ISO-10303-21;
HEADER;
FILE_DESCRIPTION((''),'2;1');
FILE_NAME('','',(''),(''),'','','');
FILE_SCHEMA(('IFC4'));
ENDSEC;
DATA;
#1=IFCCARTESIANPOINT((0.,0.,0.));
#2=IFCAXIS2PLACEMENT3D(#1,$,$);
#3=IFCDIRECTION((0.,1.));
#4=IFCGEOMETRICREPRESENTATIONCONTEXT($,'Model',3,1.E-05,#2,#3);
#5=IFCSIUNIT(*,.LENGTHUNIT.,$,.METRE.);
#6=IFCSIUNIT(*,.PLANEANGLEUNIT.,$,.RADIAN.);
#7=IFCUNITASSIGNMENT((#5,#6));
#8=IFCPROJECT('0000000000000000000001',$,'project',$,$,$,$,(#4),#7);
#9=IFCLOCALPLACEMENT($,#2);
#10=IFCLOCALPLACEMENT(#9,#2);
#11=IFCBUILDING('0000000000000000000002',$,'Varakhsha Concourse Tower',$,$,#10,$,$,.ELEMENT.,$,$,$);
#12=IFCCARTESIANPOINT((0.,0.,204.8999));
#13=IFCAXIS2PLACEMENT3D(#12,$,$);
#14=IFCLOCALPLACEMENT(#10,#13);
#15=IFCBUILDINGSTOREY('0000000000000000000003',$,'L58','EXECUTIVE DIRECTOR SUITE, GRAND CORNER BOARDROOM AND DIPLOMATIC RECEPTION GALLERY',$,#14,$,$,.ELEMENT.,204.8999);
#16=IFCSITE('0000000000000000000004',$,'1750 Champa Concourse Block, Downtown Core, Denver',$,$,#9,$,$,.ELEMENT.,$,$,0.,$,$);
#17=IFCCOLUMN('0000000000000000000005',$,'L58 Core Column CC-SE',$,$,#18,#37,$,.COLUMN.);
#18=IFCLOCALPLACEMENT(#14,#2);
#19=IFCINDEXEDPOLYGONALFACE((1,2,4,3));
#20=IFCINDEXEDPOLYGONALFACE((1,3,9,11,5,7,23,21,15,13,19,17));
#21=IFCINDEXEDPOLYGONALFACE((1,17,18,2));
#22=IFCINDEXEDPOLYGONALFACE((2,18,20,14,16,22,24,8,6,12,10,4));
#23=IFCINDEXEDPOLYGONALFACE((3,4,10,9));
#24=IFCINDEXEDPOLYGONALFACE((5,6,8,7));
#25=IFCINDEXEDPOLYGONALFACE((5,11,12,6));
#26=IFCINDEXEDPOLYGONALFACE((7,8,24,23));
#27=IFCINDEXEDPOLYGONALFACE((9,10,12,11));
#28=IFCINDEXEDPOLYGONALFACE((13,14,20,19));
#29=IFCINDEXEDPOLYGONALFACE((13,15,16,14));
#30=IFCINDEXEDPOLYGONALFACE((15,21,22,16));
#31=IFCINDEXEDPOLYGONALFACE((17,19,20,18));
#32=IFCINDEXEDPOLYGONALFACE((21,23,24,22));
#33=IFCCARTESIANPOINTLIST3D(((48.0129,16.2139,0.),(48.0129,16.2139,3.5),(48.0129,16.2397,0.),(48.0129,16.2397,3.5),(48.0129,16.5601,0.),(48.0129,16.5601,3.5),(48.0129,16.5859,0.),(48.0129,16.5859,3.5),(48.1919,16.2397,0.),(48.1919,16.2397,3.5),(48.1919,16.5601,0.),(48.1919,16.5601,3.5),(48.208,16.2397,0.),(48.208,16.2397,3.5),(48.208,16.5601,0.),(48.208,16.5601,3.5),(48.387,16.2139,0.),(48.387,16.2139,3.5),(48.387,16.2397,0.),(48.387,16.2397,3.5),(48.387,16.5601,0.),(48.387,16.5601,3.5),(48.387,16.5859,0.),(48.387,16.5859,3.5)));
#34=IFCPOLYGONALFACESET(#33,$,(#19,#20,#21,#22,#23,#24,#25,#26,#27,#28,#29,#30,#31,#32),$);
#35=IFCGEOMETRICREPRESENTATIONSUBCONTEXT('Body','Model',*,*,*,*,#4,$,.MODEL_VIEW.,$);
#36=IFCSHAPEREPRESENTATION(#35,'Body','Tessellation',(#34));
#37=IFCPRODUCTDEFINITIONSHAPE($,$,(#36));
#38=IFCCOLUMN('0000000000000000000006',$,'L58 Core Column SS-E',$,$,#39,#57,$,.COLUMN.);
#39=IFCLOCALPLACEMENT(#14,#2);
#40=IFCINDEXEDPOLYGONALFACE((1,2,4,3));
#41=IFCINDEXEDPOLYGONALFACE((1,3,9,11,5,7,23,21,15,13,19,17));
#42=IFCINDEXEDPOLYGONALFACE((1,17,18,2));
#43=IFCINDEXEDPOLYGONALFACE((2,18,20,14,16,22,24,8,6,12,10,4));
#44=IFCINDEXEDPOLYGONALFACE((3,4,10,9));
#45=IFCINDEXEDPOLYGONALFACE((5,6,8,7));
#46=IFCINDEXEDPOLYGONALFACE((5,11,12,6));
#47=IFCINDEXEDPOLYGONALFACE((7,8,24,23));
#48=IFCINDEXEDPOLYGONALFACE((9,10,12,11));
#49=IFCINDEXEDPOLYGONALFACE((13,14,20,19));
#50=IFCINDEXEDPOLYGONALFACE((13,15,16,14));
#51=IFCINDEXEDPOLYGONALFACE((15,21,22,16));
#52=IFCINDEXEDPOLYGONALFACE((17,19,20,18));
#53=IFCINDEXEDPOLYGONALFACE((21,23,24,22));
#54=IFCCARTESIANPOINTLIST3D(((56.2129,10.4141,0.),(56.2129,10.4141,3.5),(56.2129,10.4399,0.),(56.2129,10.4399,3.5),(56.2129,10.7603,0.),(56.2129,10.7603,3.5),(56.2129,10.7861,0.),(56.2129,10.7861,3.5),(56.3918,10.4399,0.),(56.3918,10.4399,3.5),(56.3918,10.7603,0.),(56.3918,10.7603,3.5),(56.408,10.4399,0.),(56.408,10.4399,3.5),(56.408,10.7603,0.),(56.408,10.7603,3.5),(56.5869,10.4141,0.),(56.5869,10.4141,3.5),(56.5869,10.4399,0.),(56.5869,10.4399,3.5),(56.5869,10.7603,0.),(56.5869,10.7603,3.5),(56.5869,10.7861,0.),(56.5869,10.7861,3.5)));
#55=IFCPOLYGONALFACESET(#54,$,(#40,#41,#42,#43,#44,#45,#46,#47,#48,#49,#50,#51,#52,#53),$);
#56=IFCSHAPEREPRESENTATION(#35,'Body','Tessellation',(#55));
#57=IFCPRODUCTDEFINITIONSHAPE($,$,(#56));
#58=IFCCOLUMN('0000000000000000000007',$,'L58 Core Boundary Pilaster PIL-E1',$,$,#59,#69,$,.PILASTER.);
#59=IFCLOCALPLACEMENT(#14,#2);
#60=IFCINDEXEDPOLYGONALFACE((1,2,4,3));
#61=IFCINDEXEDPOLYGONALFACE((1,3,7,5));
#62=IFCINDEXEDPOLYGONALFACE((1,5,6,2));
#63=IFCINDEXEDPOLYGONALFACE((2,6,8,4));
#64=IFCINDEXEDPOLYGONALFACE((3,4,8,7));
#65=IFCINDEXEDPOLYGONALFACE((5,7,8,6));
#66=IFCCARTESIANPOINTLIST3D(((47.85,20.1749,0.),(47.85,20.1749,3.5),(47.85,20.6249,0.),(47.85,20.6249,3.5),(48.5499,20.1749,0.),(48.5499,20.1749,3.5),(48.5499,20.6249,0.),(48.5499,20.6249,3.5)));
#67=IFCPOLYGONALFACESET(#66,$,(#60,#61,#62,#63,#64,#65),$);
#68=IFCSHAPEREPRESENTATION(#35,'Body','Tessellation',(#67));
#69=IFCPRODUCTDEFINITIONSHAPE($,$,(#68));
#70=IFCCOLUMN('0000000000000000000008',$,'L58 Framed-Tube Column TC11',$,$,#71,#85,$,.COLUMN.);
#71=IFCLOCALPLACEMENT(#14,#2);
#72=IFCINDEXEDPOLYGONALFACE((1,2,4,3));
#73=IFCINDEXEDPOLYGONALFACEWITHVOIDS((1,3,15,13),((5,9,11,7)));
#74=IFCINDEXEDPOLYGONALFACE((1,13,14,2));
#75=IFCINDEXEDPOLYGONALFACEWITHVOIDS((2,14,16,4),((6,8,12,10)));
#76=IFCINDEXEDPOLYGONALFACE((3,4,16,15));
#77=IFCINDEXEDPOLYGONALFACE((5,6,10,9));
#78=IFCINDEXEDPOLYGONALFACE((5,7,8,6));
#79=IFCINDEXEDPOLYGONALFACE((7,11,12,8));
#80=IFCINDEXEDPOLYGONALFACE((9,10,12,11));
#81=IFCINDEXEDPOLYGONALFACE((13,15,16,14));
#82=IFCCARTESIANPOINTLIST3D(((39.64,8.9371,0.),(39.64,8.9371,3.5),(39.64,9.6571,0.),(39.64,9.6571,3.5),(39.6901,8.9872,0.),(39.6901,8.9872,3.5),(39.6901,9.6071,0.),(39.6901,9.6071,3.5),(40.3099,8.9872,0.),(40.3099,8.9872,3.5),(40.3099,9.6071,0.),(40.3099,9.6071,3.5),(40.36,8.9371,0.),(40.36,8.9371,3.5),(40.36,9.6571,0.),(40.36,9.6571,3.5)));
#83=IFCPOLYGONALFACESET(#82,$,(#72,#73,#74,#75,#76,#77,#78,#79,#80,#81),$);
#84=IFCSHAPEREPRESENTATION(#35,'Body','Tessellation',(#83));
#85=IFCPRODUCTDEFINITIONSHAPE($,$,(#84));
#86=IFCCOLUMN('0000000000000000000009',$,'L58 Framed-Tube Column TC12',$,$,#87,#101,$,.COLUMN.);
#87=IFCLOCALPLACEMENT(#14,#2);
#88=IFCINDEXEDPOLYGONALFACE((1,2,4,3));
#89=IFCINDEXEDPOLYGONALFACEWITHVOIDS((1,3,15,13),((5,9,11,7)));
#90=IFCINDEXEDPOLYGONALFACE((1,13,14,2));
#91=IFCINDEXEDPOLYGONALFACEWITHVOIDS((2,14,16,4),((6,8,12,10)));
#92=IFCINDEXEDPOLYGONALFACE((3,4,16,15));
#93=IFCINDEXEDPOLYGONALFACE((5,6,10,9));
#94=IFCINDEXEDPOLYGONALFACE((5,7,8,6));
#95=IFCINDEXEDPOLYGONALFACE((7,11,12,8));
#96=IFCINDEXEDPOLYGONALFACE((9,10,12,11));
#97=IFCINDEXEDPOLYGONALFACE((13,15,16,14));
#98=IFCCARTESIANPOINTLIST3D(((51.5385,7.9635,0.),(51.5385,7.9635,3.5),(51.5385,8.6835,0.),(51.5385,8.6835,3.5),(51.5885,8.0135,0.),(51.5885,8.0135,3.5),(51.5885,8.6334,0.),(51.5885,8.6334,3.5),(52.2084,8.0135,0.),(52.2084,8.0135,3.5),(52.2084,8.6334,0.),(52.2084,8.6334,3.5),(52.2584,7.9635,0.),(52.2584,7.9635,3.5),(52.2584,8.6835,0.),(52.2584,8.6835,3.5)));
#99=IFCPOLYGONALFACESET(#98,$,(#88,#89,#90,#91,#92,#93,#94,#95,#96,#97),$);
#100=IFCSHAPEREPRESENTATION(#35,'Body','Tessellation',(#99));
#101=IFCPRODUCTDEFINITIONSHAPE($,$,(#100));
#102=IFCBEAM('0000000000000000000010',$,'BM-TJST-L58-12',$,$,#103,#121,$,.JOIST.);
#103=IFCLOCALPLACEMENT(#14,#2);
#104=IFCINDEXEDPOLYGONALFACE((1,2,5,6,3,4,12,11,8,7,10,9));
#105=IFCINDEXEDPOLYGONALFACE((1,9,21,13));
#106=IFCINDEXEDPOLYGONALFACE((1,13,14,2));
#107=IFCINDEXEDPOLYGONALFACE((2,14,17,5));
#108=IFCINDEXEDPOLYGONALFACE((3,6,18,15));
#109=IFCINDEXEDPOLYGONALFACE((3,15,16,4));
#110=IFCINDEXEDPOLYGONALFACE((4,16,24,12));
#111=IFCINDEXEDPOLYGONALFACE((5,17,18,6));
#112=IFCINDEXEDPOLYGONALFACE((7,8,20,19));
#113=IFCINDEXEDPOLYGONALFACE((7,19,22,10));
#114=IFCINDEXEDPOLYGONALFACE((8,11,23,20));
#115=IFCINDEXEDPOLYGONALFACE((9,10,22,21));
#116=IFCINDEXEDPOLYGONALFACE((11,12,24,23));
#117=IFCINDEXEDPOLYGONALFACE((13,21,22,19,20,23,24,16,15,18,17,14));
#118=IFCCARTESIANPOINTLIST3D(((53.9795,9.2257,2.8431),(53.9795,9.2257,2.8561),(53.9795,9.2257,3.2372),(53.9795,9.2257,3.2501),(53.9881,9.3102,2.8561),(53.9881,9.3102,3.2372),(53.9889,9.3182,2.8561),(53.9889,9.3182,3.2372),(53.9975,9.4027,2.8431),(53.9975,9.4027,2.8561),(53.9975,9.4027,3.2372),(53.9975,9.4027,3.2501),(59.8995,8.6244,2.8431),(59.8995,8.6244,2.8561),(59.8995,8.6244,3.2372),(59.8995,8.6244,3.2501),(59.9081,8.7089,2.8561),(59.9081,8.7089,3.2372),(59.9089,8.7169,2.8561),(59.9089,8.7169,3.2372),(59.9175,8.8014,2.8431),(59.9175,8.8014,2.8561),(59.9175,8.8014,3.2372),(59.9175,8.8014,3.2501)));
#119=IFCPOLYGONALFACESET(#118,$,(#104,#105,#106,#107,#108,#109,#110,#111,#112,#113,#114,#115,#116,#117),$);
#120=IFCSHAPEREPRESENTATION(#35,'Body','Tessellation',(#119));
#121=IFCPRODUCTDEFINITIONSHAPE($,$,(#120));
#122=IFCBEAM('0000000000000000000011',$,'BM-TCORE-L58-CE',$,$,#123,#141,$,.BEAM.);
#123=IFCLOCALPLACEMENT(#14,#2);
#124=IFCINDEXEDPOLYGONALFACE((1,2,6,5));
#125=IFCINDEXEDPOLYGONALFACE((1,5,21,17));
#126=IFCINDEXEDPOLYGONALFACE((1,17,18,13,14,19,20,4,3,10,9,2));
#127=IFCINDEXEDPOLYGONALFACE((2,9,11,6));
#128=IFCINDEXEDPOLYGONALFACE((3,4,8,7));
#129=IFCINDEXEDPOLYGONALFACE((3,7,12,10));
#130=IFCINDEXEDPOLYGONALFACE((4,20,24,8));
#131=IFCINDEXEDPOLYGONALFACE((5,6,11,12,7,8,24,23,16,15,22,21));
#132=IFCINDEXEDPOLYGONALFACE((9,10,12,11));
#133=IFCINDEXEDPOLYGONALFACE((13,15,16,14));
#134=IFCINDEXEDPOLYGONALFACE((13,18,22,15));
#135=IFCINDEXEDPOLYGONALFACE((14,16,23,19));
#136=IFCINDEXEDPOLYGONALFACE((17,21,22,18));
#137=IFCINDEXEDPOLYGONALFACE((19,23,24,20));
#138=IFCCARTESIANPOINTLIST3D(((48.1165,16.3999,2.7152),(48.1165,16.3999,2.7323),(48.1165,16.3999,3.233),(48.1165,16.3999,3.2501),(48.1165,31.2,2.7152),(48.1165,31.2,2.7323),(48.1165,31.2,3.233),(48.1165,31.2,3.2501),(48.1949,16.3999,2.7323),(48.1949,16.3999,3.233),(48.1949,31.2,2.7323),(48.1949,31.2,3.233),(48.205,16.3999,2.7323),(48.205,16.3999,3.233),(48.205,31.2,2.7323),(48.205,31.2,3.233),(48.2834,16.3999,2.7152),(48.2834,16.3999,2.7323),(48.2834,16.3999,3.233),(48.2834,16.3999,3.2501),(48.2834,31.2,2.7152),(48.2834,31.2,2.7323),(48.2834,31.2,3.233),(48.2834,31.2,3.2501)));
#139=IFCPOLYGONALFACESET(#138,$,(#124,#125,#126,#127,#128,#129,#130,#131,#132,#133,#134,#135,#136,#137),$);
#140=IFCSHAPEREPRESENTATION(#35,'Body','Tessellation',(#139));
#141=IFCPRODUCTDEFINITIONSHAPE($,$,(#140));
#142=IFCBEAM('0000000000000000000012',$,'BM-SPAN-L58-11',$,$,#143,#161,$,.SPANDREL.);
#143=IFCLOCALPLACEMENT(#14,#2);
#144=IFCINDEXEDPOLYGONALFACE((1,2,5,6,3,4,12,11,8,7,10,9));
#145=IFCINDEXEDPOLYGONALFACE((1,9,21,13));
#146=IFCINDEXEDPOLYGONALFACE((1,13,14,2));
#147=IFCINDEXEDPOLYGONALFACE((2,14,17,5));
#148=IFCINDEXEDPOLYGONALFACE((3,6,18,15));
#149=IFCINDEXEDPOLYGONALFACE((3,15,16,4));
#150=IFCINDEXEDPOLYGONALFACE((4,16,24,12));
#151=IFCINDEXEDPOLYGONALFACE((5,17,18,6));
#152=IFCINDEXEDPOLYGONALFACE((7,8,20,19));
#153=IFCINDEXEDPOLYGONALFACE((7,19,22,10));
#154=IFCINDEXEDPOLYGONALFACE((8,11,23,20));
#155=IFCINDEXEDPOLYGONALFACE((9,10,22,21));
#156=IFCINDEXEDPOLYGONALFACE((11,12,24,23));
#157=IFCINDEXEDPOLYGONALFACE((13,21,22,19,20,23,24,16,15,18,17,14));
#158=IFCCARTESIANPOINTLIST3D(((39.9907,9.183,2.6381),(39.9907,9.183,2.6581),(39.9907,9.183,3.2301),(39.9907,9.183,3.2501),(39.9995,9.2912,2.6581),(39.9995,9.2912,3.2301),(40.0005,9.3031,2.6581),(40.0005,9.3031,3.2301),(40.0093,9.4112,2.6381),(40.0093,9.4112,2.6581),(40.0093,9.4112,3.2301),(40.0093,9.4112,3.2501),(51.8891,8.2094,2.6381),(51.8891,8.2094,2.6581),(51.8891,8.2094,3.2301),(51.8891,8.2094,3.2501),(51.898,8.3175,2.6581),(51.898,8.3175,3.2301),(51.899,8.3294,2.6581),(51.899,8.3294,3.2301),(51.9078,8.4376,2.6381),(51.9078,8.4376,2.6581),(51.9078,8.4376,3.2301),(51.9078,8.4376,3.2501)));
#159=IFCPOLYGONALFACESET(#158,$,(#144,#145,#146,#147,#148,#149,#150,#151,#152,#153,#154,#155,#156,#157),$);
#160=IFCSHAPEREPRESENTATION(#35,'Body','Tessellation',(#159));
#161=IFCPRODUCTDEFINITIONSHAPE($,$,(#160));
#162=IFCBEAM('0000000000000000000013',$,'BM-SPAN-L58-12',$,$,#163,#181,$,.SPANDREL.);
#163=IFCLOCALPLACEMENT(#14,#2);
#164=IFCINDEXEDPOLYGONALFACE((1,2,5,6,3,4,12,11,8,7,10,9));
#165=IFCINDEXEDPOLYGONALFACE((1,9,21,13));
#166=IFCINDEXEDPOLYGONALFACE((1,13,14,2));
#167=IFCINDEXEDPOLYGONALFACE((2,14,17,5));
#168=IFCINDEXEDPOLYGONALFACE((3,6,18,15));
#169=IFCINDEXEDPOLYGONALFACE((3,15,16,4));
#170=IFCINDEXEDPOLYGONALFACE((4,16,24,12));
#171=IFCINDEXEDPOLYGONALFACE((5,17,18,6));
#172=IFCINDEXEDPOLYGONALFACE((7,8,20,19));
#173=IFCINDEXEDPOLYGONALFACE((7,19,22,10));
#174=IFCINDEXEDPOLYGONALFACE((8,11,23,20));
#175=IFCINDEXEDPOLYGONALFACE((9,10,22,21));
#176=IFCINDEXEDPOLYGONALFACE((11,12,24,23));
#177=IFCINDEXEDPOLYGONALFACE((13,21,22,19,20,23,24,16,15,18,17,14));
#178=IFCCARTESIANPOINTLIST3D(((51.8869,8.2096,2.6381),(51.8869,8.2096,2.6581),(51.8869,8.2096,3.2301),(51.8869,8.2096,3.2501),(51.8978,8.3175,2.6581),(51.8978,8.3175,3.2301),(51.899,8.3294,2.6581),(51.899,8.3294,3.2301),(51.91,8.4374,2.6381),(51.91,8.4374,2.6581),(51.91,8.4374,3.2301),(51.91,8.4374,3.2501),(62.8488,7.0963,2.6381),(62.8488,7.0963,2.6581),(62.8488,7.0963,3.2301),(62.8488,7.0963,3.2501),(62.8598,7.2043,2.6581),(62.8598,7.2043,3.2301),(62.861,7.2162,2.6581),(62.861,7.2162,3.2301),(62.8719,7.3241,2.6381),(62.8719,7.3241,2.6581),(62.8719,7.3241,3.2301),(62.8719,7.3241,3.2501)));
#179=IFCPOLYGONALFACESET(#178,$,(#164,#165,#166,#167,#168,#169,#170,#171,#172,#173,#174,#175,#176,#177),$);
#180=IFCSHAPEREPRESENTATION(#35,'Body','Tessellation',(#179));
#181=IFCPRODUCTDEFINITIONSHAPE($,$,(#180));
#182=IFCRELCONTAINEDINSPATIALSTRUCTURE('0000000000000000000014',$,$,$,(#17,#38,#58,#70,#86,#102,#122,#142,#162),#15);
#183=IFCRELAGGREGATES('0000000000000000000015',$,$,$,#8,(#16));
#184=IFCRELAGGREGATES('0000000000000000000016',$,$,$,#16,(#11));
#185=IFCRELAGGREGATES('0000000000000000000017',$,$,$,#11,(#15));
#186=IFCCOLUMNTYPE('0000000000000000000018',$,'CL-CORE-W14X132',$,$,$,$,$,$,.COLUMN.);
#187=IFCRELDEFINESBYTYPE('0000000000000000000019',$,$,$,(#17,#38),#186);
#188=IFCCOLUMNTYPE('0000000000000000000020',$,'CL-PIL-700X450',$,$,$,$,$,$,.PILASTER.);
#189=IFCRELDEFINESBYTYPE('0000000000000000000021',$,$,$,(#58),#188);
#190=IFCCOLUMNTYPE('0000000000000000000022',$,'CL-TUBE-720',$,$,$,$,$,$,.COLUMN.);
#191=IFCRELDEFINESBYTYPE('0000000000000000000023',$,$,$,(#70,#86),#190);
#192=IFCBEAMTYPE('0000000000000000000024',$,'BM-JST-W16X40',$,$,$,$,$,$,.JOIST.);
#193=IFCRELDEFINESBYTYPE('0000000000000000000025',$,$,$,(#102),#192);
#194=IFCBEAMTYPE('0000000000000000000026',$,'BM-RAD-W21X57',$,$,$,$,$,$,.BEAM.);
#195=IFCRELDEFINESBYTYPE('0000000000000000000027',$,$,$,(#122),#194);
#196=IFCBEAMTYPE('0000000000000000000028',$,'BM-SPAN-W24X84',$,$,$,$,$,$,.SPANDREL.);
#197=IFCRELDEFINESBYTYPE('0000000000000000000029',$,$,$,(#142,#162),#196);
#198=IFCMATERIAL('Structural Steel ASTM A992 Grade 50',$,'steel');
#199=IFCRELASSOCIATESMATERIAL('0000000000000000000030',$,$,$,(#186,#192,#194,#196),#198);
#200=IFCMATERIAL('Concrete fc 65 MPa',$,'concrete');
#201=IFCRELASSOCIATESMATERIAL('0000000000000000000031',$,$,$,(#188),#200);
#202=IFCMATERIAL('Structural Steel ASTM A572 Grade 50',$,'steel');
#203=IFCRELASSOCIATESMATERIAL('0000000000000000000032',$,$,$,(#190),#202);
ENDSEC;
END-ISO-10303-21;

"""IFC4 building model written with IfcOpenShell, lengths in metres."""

from ifc_helpers import new_model, si_unit, direction, frame, origin, origin_2d, place, context, subcontext, project, spatial, rectangle, hollow_rectangle, i_section, extrude, material, material_profile, profile_set, type_object, element, save


model = new_model("IFC4")

# Units and contexts
model_context = context("Model", 3, precision=1e-05, world=origin(), true_north=direction((0.0, 1.0)))
body_context = subcontext(model_context, "Body", "Model", "MODEL_VIEW")
ifc_project = project(units=[si_unit("LENGTHUNIT", "METRE"), si_unit("PLANEANGLEUNIT", "RADIAN")], contexts=[model_context])

# Site, building, storey
site_placement = place(None, origin())
site = spatial("IfcSite", under=ifc_project, at=site_placement, Name="1750 Champa Concourse Block, Downtown Core, Denver", CompositionType="ELEMENT", RefElevation=0.0)
building_placement = place(site_placement, origin())
building = spatial("IfcBuilding", under=site, at=building_placement, Name="Varakhsha Concourse Tower", CompositionType="ELEMENT")
storey_placement = place(building_placement, frame((0.0, 0.0, 204.8999)))
storey = spatial("IfcBuildingStorey", under=building, at=storey_placement, Name="L58", Description="EXECUTIVE DIRECTOR SUITE, GRAND CORNER BOARDROOM AND DIPLOMATIC RECEPTION GALLERY", CompositionType="ELEMENT", Elevation=204.8999)

# Columns
ifc_material_1 = material(Name="Structural Steel ASTM A992 Grade 50", Category="steel")
ifc_material_profile_1 = material_profile(ifc_material_1, i_section(OverallWidth=0.374, OverallDepth=0.3721, WebThickness=0.0161, FlangeThickness=0.0259, at=origin_2d()), Name="W14X132")
ifc_profile_set_1 = profile_set([ifc_material_profile_1], Name="Structural Steel ASTM A992 Grade 50")
column_type_1 = type_object("IfcColumnType", Name="CL-CORE-W14X132", PredefinedType="COLUMN", material=ifc_profile_set_1)
for number, where, z_axis, x_axis, name in (
    (1, (48.2, 16.3999, 0.0), (0.0, 0.0, 1.0), (1.0, 0.0, 0.0), "L58 Core Column CC-SE"),
    (2, (56.3999, 10.6001, 0.0), (0.0, 0.0, 1.0), (1.0, 0.0, 0.0), "L58 Core Column SS-E"),
):
    element("IfcColumn", number, at=place(storey_placement, frame(where, z_axis=z_axis, x_axis=x_axis)), inside=storey, type_object=column_type_1, Name=name, PredefinedType="COLUMN", context=body_context, shape_type="SweptSolid", body=[
        extrude(i_section(OverallWidth=0.374, OverallDepth=0.3721, WebThickness=0.0161, FlangeThickness=0.0259, at=origin_2d()), origin(), (0.0, 0.0, 1.0), 3.5),
    ])
ifc_material_2 = material(Name="Concrete fc 65 MPa", Category="concrete")
ifc_material_profile_2 = material_profile(ifc_material_2, rectangle(XDim=0.7, YDim=0.45, at=origin_2d()), Name="RC 700x450")
ifc_profile_set_2 = profile_set([ifc_material_profile_2], Name="Concrete fc 65 MPa")
column_type_2 = type_object("IfcColumnType", Name="CL-PIL-700X450", PredefinedType="PILASTER", material=ifc_profile_set_2)
column_placement = place(storey_placement, frame((48.2, 20.3999, 0.0), z_axis=(0.0, 0.0, 1.0), x_axis=(1.0, 0.0, 0.0)))
element("IfcColumn", 3, at=column_placement, inside=storey, type_object=column_type_2, Name="L58 Core Boundary Pilaster PIL-E1", PredefinedType="PILASTER", context=body_context, shape_type="SweptSolid", body=[
    extrude(rectangle(XDim=0.7, YDim=0.45, at=origin_2d()), origin(), (0.0, 0.0, 1.0), 3.5),
])
ifc_material_3 = material(Name="Structural Steel ASTM A572 Grade 50", Category="steel")
ifc_material_profile_3 = material_profile(ifc_material_3, hollow_rectangle(XDim=0.72, YDim=0.72, WallThickness=0.05, at=origin_2d()), Name="BOX 720x720x50")
ifc_profile_set_3 = profile_set([ifc_material_profile_3], Name="Structural Steel ASTM A572 Grade 50")
column_type_3 = type_object("IfcColumnType", Name="CL-TUBE-720", PredefinedType="COLUMN", material=ifc_profile_set_3)
for number, where, z_axis, x_axis, name in (
    (4, (40.0, 9.2971, 0.0), (0.0, 0.0, 1.0), (1.0, 0.0, 0.0), "L58 Framed-Tube Column TC11"),
    (5, (51.8984, 8.3235, 0.0), (0.0, 0.0, 1.0), (1.0, 0.0, 0.0), "L58 Framed-Tube Column TC12"),
):
    element("IfcColumn", number, at=place(storey_placement, frame(where, z_axis=z_axis, x_axis=x_axis)), inside=storey, type_object=column_type_3, Name=name, PredefinedType="COLUMN", context=body_context, shape_type="SweptSolid", body=[
        extrude(hollow_rectangle(XDim=0.72, YDim=0.72, WallThickness=0.05, at=origin_2d()), origin(), (0.0, 0.0, 1.0), 3.5),
    ])

# Beams
ifc_material_profile_4 = material_profile(ifc_material_1, i_section(OverallWidth=0.178, OverallDepth=0.407, WebThickness=0.0081, FlangeThickness=0.0129, at=origin_2d()), Name="W16X40")
ifc_profile_set_4 = profile_set([ifc_material_profile_4], Name="Structural Steel ASTM A992 Grade 50")
beam_type_1 = type_object("IfcBeamType", Name="BM-JST-W16X40", PredefinedType="JOIST", material=ifc_profile_set_4)
beam_1_placement = place(storey_placement, frame((53.9885, 9.3142, 3.0466), z_axis=(0.994881, -0.101055, 0.0), x_axis=(0.101055, 0.994881, 0.0)))
element("IfcBeam", 6, at=beam_1_placement, inside=storey, type_object=beam_type_1, Name="BM-TJST-L58-12", PredefinedType="JOIST", context=body_context, shape_type="SweptSolid", body=[
    extrude(i_section(OverallWidth=0.178, OverallDepth=0.407, WebThickness=0.0081, FlangeThickness=0.0129, at=origin_2d()), origin(), (0.0, 0.0, 1.0), 5.9504),
])
ifc_material_profile_5 = material_profile(ifc_material_1, i_section(OverallWidth=0.167, OverallDepth=0.5349, WebThickness=0.01, FlangeThickness=0.0171, at=origin_2d()), Name="W21X57")
ifc_profile_set_5 = profile_set([ifc_material_profile_5], Name="Structural Steel ASTM A992 Grade 50")
beam_type_2 = type_object("IfcBeamType", Name="BM-RAD-W21X57", PredefinedType="BEAM", material=ifc_profile_set_5)
beam_2_placement = place(storey_placement, frame((48.2, 16.3999, 2.9827), z_axis=(0.0, 1.0, 0.0), x_axis=(-1.0, 0.0, 0.0)))
element("IfcBeam", 7, at=beam_2_placement, inside=storey, type_object=beam_type_2, Name="BM-TCORE-L58-CE", PredefinedType="BEAM", context=body_context, shape_type="SweptSolid", body=[
    extrude(i_section(OverallWidth=0.167, OverallDepth=0.5349, WebThickness=0.01, FlangeThickness=0.0171, at=origin_2d()), origin(), (0.0, 0.0, 1.0), 14.8),
])
ifc_material_profile_6 = material_profile(ifc_material_1, i_section(OverallWidth=0.229, OverallDepth=0.6121, WebThickness=0.012, FlangeThickness=0.02, at=origin_2d()), Name="W24X84")
ifc_profile_set_6 = profile_set([ifc_material_profile_6], Name="Structural Steel ASTM A992 Grade 50")
beam_type_3 = type_object("IfcBeamType", Name="BM-SPAN-W24X84", PredefinedType="SPANDREL", material=ifc_profile_set_6)
beam_3_placement = place(storey_placement, frame((40.0, 9.2971, 2.9441), z_axis=(0.996669, -0.081556, 0.0), x_axis=(0.081556, 0.996669, 0.0)))
element("IfcBeam", 8, at=beam_3_placement, inside=storey, type_object=beam_type_3, Name="BM-SPAN-L58-11", PredefinedType="SPANDREL", context=body_context, shape_type="SweptSolid", body=[
    extrude(i_section(OverallWidth=0.229, OverallDepth=0.6121, WebThickness=0.012, FlangeThickness=0.02, at=origin_2d()), origin(), (0.0, 0.0, 1.0), 11.9382),
])
beam_4_placement = place(storey_placement, frame((51.8984, 8.3235, 2.9441), z_axis=(0.994882, -0.101039, 0.0), x_axis=(0.101039, 0.994882, 0.0)))
element("IfcBeam", 9, at=beam_4_placement, inside=storey, type_object=beam_type_3, Name="BM-SPAN-L58-12", PredefinedType="SPANDREL", context=body_context, shape_type="SweptSolid", body=[
    extrude(i_section(OverallWidth=0.229, OverallDepth=0.6121, WebThickness=0.012, FlangeThickness=0.02, at=origin_2d()), origin(), (0.0, 0.0, 1.0), 11.0183),
])

save(model, "model.ifc")
